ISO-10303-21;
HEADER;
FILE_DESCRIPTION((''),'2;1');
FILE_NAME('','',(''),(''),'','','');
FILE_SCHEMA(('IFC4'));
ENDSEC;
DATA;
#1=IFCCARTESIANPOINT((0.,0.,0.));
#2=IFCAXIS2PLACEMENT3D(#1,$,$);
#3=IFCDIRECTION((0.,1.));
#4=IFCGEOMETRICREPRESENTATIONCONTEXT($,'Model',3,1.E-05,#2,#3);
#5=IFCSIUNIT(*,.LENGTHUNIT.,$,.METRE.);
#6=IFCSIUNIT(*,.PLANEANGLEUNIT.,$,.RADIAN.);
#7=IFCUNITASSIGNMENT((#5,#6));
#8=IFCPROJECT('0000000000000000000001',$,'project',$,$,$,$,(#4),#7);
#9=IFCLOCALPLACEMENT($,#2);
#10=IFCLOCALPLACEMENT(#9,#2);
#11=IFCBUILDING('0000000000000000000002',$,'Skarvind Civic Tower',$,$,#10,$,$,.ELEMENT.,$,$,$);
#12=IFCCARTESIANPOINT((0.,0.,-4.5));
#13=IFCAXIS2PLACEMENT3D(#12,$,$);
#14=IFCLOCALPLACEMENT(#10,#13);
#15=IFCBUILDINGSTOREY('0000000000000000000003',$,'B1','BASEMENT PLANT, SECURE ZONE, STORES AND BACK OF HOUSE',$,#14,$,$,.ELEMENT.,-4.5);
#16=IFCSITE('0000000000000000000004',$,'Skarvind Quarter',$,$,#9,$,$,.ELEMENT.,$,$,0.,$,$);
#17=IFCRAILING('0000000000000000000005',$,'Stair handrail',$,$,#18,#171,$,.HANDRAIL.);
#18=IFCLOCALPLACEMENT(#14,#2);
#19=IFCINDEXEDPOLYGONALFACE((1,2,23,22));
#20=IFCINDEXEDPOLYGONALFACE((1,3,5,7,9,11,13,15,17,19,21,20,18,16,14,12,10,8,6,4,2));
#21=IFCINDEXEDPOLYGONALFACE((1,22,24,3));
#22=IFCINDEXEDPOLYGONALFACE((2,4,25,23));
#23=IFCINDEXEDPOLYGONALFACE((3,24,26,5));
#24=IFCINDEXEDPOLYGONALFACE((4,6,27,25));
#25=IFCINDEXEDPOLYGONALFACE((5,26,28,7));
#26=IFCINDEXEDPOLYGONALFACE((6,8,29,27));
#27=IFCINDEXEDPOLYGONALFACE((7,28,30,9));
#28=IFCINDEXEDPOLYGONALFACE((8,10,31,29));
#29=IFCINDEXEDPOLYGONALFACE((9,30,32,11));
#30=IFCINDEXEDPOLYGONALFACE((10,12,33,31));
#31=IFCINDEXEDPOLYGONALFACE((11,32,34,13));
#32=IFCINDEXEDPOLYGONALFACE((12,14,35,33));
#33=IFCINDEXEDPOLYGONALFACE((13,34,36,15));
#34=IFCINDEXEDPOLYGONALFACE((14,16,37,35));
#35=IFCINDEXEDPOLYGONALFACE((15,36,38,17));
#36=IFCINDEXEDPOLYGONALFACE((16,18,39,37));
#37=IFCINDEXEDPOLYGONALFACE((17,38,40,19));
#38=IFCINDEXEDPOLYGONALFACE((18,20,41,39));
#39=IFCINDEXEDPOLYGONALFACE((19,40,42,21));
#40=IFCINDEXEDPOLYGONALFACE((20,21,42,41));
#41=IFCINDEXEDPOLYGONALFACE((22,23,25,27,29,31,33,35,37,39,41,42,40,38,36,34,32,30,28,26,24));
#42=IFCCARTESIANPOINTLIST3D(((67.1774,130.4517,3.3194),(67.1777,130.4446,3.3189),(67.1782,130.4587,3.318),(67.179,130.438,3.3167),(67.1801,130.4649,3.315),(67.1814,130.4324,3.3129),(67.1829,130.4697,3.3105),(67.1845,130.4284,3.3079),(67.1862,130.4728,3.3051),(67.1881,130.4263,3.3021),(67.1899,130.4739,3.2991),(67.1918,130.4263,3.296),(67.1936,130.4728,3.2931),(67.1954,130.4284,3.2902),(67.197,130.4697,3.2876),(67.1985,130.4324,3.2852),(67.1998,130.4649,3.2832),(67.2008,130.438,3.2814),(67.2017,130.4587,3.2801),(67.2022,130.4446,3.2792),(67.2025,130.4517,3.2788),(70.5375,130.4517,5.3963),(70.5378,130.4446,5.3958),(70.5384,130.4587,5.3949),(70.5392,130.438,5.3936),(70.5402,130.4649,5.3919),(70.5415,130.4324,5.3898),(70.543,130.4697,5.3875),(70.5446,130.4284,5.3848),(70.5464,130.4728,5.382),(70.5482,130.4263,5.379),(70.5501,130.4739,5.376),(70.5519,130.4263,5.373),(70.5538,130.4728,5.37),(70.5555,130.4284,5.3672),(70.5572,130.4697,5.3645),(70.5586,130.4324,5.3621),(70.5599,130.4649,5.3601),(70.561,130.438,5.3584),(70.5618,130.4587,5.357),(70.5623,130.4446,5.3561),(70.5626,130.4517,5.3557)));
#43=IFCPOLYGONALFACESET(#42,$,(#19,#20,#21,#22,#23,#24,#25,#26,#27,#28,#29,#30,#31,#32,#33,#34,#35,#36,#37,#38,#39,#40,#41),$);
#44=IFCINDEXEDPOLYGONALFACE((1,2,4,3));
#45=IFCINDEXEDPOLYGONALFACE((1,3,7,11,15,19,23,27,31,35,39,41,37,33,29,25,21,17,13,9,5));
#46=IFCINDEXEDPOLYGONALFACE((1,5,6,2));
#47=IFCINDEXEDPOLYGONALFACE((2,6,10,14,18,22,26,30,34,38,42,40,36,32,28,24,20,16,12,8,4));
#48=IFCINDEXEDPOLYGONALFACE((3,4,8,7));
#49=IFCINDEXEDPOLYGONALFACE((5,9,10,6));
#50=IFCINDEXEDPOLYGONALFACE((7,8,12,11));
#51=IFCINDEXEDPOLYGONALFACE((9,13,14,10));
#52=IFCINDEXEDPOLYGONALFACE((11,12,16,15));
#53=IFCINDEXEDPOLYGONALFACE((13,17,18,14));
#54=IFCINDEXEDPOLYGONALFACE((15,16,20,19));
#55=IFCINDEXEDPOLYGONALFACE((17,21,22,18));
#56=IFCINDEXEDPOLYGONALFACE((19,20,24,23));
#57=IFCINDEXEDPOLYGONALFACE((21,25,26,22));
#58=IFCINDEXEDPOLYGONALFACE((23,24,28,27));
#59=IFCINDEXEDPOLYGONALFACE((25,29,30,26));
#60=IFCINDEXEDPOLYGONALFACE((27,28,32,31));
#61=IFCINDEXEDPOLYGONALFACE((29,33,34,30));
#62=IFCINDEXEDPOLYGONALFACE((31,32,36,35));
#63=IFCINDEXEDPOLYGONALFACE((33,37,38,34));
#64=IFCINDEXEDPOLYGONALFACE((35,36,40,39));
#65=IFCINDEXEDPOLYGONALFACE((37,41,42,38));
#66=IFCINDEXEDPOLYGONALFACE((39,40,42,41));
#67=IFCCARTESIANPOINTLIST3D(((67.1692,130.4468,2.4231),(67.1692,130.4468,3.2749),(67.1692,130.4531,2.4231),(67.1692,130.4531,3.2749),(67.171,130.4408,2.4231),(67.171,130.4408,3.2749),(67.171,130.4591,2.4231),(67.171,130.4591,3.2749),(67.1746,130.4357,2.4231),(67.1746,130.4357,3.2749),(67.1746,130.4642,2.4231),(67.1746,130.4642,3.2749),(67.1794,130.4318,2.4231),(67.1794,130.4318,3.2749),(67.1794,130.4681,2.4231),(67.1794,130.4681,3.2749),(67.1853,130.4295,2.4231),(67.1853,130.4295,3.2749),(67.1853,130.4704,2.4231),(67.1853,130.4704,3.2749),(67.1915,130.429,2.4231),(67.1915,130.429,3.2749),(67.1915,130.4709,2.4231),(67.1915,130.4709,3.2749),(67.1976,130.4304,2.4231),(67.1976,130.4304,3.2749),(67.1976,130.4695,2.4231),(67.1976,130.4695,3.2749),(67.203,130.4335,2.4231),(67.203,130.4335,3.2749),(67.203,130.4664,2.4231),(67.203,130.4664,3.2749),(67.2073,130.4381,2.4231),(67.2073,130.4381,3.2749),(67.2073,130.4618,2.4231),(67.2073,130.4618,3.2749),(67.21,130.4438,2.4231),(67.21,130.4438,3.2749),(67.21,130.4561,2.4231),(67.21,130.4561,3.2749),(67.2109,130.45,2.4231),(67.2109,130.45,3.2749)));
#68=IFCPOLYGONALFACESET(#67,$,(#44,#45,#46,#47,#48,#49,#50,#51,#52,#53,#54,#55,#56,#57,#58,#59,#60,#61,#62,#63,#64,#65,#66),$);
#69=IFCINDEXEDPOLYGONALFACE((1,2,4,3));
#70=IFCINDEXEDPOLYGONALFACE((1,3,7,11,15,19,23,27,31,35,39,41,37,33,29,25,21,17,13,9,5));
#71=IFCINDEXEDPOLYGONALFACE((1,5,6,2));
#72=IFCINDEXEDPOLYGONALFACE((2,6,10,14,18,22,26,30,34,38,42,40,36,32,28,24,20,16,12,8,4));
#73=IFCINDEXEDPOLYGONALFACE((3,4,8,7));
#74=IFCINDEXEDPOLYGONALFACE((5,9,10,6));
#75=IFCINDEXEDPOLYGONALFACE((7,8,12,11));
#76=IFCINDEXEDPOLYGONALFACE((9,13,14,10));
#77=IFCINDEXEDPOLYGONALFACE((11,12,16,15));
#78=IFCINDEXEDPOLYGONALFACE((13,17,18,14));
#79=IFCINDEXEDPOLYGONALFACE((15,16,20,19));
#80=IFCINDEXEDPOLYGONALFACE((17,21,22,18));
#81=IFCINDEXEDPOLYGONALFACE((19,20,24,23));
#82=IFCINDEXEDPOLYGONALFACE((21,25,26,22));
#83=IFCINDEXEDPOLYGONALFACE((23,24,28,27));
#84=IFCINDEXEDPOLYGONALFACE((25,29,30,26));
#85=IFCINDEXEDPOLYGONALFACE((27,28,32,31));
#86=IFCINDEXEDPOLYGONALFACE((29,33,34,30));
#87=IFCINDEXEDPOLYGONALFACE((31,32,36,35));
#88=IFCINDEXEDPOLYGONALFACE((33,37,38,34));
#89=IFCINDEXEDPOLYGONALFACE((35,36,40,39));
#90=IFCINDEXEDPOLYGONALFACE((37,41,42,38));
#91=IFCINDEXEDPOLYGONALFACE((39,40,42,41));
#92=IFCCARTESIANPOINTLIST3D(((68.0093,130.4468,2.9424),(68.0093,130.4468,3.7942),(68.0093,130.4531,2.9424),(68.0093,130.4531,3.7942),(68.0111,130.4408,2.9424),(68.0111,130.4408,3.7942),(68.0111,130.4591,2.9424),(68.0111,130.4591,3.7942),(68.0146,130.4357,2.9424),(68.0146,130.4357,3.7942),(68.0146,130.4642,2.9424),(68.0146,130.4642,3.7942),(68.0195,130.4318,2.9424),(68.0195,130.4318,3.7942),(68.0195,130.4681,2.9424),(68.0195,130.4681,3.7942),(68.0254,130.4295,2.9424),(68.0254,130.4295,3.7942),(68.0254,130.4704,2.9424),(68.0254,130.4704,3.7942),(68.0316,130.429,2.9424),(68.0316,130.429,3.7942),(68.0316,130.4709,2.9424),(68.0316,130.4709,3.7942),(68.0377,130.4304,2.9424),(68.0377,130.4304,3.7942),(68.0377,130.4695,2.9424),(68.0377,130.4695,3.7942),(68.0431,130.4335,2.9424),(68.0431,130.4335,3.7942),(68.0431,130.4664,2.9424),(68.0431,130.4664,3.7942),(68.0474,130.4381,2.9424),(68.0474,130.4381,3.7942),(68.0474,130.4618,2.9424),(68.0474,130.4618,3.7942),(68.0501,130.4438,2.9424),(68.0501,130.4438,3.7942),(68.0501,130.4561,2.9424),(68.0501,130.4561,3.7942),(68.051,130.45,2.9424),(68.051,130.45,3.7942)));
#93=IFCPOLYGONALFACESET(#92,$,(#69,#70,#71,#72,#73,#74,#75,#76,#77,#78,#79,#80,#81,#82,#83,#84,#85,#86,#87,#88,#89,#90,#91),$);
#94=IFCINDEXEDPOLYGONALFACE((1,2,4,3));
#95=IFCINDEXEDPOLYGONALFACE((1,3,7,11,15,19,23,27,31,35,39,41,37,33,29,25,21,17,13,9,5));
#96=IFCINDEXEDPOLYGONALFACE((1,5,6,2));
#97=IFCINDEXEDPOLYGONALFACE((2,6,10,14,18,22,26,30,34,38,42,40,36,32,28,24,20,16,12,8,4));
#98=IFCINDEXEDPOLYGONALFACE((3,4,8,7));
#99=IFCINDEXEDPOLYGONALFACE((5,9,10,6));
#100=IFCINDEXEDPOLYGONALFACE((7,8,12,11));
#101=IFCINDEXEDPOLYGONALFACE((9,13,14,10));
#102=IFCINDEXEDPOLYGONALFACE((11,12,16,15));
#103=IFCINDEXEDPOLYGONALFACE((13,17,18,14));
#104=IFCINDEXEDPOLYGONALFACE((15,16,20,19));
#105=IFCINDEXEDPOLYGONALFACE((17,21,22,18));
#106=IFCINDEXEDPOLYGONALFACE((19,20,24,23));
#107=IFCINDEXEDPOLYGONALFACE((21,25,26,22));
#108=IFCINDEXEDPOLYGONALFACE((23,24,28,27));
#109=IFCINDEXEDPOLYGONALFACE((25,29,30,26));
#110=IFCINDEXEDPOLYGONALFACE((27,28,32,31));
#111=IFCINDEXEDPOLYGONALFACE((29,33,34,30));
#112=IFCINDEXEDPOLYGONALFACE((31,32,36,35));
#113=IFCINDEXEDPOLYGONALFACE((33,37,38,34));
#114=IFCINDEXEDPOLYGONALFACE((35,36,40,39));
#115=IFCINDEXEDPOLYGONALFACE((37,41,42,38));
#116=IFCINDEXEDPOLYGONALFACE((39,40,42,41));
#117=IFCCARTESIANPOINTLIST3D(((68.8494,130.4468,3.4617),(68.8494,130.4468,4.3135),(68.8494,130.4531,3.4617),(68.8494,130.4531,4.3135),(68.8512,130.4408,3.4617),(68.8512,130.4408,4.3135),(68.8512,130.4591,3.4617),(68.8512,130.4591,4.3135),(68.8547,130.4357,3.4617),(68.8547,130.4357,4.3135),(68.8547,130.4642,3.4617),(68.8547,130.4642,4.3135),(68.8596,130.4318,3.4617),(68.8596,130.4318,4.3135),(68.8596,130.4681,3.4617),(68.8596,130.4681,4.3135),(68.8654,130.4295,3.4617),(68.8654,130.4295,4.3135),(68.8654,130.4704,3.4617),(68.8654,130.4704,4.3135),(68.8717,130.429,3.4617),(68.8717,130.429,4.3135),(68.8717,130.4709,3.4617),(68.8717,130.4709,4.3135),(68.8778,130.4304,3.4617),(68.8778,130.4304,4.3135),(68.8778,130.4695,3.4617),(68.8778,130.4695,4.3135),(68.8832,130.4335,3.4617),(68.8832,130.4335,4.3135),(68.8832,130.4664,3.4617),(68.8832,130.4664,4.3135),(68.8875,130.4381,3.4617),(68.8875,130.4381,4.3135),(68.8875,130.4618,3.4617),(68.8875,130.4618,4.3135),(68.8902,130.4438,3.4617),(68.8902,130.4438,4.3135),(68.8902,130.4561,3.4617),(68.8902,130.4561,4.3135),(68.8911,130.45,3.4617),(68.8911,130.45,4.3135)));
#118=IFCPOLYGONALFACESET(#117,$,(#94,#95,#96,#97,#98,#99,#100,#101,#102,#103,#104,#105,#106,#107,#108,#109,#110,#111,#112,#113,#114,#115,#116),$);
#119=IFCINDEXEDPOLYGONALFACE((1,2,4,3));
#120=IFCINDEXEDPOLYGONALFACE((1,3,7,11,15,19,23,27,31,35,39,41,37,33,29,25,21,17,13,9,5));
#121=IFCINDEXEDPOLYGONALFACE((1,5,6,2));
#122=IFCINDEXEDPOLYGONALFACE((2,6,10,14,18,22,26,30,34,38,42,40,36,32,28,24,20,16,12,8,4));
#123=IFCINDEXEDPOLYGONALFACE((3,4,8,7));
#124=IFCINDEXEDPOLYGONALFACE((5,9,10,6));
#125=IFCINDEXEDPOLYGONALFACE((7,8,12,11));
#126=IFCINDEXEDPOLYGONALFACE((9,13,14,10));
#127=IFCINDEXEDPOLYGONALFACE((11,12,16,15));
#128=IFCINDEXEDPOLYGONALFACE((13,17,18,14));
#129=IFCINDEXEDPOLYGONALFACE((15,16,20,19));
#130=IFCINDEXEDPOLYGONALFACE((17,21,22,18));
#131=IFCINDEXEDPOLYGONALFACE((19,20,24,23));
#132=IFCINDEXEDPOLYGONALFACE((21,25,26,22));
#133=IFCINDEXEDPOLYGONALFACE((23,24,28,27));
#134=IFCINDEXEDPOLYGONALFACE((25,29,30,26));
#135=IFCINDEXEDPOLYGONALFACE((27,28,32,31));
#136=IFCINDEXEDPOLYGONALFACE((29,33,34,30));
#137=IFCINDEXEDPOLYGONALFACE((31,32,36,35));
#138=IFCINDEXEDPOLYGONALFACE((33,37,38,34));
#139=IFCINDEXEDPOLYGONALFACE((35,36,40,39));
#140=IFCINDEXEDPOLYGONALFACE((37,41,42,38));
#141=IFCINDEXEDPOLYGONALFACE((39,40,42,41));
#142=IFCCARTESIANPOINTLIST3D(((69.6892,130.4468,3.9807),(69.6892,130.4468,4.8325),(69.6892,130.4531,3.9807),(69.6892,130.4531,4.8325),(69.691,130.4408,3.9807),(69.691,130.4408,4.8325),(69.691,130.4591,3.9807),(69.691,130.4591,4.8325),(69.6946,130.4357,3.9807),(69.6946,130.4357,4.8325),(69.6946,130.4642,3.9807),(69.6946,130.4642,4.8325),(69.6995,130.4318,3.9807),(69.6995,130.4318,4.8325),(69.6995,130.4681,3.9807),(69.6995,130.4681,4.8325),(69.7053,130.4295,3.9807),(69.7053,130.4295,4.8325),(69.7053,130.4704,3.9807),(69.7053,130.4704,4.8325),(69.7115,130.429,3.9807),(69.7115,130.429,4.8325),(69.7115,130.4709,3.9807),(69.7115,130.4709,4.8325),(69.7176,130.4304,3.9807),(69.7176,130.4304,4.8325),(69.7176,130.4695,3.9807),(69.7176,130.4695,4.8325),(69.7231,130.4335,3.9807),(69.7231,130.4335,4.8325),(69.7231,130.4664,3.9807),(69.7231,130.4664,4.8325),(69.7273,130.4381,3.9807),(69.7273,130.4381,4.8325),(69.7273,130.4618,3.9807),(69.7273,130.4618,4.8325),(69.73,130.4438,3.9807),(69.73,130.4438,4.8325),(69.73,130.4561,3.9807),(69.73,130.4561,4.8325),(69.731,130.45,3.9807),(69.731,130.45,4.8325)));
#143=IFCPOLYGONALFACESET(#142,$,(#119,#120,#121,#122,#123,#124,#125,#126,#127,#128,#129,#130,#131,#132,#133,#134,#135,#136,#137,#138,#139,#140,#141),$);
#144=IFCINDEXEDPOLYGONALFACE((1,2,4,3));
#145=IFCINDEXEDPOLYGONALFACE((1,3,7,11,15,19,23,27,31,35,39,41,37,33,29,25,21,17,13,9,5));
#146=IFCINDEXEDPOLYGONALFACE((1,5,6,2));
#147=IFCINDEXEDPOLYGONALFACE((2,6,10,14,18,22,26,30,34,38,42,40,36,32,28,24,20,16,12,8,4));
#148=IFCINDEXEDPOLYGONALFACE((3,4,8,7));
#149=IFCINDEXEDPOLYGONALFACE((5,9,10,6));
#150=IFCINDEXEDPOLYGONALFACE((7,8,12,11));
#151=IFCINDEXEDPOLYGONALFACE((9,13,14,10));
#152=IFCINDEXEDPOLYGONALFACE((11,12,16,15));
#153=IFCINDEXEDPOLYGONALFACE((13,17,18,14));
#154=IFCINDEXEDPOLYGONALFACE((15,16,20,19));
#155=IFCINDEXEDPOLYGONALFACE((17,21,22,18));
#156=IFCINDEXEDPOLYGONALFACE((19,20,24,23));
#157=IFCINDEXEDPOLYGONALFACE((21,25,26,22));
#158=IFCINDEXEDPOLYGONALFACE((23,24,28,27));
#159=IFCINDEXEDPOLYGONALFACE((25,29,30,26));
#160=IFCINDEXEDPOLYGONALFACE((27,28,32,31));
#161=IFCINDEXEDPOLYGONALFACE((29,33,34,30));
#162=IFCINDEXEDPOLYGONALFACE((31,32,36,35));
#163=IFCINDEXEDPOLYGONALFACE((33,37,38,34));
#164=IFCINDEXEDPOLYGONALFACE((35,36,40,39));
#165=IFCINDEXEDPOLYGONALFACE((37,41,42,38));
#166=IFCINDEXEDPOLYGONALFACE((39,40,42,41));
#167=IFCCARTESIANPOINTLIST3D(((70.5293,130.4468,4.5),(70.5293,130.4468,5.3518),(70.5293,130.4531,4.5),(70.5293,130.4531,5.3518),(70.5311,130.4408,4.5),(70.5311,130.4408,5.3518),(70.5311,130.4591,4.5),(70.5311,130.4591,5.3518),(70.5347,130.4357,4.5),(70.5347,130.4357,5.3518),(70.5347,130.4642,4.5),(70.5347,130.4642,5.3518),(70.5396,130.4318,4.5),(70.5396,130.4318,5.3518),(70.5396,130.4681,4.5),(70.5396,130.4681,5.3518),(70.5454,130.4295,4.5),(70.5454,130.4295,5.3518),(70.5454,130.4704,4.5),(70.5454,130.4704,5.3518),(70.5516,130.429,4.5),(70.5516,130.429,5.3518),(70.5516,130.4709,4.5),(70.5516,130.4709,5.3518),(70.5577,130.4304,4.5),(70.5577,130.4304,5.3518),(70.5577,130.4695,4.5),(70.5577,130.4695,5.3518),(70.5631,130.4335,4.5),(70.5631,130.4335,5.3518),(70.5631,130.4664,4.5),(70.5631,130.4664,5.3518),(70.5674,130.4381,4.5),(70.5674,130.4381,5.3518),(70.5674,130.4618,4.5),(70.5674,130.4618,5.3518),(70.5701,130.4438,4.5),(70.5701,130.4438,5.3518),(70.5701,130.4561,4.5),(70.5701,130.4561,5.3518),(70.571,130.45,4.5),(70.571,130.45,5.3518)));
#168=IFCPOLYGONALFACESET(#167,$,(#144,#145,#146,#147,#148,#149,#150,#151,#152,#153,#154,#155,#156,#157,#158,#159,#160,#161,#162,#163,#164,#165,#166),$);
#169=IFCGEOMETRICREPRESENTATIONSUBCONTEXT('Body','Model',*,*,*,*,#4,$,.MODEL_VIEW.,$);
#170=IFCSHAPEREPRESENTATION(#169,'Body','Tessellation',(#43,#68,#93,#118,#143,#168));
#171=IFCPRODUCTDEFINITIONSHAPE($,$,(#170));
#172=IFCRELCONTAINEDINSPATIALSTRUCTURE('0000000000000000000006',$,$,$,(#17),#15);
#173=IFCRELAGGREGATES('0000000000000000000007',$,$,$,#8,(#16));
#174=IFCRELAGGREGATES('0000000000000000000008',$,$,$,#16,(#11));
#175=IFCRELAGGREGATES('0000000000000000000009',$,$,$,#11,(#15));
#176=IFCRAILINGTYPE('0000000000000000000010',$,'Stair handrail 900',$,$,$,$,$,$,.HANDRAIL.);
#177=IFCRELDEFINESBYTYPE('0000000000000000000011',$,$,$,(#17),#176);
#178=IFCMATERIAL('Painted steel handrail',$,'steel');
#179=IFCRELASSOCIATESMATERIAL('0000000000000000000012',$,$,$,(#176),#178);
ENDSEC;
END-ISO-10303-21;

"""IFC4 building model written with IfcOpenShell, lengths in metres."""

from ifc_helpers import new_model, si_unit, direction, frame, origin, origin_2d, place, context, subcontext, project, spatial, circle, extrude, material, type_object, element, save


model = new_model("IFC4")

# Units and contexts
model_context = context("Model", 3, precision=1e-05, world=origin(), true_north=direction((0.0, 1.0)))
body_context = subcontext(model_context, "Body", "Model", "MODEL_VIEW")
ifc_project = project(units=[si_unit("LENGTHUNIT", "METRE"), si_unit("PLANEANGLEUNIT", "RADIAN")], contexts=[model_context])

# Site, building, storey
site_placement = place(None, origin())
site = spatial("IfcSite", under=ifc_project, at=site_placement, Name="Skarvind Quarter", CompositionType="ELEMENT", RefElevation=0.0)
building_placement = place(site_placement, origin())
building = spatial("IfcBuilding", under=site, at=building_placement, Name="Skarvind Civic Tower", CompositionType="ELEMENT")
storey_placement = place(building_placement, frame((0.0, 0.0, -4.5)))
storey = spatial("IfcBuildingStorey", under=building, at=storey_placement, Name="B1", Description="BASEMENT PLANT, SECURE ZONE, STORES AND BACK OF HOUSE", CompositionType="ELEMENT", Elevation=-4.5)

# Railing
ifc_material_1 = material(Name="Painted steel handrail", Category="steel")
railing_type = type_object("IfcRailingType", Name="Stair handrail 900", PredefinedType="HANDRAIL", material=ifc_material_1)
railing_1_placement = place(storey_placement, frame((67.1899, 130.45, 2.4231)))
element("IfcRailing", 1, at=railing_1_placement, inside=storey, type_object=railing_type, Name="Stair handrail", PredefinedType="HANDRAIL", context=body_context, shape_type="SweptSolid", body=[
    extrude(circle(Radius=0.0239, at=origin_2d()), frame((0.0, 0.0, 0.876), z_axis=(0.850623, 0.0, 0.525776), x_axis=(0.0, 1.0, 0.0)), (0.0, 0.0, 1.0), 3.9502),
    extrude(circle(Radius=0.021, at=origin_2d()), origin(), (0.0, 0.0, 1.0), 0.8518),
    extrude(circle(Radius=0.021, at=origin_2d()), frame((0.8401, 0.0, 0.5193)), (0.0, 0.0, 1.0), 0.8518),
    extrude(circle(Radius=0.021, at=origin_2d()), frame((1.6802, 0.0, 1.0386)), (0.0, 0.0, 1.0), 0.8518),
    extrude(circle(Radius=0.021, at=origin_2d()), frame((2.52, 0.0, 1.5576)), (0.0, 0.0, 1.0), 0.8518),
    extrude(circle(Radius=0.021, at=origin_2d()), frame((3.3601, 0.0, 2.0769)), (0.0, 0.0, 1.0), 0.8518),
])

save(model, "model.ifc")
